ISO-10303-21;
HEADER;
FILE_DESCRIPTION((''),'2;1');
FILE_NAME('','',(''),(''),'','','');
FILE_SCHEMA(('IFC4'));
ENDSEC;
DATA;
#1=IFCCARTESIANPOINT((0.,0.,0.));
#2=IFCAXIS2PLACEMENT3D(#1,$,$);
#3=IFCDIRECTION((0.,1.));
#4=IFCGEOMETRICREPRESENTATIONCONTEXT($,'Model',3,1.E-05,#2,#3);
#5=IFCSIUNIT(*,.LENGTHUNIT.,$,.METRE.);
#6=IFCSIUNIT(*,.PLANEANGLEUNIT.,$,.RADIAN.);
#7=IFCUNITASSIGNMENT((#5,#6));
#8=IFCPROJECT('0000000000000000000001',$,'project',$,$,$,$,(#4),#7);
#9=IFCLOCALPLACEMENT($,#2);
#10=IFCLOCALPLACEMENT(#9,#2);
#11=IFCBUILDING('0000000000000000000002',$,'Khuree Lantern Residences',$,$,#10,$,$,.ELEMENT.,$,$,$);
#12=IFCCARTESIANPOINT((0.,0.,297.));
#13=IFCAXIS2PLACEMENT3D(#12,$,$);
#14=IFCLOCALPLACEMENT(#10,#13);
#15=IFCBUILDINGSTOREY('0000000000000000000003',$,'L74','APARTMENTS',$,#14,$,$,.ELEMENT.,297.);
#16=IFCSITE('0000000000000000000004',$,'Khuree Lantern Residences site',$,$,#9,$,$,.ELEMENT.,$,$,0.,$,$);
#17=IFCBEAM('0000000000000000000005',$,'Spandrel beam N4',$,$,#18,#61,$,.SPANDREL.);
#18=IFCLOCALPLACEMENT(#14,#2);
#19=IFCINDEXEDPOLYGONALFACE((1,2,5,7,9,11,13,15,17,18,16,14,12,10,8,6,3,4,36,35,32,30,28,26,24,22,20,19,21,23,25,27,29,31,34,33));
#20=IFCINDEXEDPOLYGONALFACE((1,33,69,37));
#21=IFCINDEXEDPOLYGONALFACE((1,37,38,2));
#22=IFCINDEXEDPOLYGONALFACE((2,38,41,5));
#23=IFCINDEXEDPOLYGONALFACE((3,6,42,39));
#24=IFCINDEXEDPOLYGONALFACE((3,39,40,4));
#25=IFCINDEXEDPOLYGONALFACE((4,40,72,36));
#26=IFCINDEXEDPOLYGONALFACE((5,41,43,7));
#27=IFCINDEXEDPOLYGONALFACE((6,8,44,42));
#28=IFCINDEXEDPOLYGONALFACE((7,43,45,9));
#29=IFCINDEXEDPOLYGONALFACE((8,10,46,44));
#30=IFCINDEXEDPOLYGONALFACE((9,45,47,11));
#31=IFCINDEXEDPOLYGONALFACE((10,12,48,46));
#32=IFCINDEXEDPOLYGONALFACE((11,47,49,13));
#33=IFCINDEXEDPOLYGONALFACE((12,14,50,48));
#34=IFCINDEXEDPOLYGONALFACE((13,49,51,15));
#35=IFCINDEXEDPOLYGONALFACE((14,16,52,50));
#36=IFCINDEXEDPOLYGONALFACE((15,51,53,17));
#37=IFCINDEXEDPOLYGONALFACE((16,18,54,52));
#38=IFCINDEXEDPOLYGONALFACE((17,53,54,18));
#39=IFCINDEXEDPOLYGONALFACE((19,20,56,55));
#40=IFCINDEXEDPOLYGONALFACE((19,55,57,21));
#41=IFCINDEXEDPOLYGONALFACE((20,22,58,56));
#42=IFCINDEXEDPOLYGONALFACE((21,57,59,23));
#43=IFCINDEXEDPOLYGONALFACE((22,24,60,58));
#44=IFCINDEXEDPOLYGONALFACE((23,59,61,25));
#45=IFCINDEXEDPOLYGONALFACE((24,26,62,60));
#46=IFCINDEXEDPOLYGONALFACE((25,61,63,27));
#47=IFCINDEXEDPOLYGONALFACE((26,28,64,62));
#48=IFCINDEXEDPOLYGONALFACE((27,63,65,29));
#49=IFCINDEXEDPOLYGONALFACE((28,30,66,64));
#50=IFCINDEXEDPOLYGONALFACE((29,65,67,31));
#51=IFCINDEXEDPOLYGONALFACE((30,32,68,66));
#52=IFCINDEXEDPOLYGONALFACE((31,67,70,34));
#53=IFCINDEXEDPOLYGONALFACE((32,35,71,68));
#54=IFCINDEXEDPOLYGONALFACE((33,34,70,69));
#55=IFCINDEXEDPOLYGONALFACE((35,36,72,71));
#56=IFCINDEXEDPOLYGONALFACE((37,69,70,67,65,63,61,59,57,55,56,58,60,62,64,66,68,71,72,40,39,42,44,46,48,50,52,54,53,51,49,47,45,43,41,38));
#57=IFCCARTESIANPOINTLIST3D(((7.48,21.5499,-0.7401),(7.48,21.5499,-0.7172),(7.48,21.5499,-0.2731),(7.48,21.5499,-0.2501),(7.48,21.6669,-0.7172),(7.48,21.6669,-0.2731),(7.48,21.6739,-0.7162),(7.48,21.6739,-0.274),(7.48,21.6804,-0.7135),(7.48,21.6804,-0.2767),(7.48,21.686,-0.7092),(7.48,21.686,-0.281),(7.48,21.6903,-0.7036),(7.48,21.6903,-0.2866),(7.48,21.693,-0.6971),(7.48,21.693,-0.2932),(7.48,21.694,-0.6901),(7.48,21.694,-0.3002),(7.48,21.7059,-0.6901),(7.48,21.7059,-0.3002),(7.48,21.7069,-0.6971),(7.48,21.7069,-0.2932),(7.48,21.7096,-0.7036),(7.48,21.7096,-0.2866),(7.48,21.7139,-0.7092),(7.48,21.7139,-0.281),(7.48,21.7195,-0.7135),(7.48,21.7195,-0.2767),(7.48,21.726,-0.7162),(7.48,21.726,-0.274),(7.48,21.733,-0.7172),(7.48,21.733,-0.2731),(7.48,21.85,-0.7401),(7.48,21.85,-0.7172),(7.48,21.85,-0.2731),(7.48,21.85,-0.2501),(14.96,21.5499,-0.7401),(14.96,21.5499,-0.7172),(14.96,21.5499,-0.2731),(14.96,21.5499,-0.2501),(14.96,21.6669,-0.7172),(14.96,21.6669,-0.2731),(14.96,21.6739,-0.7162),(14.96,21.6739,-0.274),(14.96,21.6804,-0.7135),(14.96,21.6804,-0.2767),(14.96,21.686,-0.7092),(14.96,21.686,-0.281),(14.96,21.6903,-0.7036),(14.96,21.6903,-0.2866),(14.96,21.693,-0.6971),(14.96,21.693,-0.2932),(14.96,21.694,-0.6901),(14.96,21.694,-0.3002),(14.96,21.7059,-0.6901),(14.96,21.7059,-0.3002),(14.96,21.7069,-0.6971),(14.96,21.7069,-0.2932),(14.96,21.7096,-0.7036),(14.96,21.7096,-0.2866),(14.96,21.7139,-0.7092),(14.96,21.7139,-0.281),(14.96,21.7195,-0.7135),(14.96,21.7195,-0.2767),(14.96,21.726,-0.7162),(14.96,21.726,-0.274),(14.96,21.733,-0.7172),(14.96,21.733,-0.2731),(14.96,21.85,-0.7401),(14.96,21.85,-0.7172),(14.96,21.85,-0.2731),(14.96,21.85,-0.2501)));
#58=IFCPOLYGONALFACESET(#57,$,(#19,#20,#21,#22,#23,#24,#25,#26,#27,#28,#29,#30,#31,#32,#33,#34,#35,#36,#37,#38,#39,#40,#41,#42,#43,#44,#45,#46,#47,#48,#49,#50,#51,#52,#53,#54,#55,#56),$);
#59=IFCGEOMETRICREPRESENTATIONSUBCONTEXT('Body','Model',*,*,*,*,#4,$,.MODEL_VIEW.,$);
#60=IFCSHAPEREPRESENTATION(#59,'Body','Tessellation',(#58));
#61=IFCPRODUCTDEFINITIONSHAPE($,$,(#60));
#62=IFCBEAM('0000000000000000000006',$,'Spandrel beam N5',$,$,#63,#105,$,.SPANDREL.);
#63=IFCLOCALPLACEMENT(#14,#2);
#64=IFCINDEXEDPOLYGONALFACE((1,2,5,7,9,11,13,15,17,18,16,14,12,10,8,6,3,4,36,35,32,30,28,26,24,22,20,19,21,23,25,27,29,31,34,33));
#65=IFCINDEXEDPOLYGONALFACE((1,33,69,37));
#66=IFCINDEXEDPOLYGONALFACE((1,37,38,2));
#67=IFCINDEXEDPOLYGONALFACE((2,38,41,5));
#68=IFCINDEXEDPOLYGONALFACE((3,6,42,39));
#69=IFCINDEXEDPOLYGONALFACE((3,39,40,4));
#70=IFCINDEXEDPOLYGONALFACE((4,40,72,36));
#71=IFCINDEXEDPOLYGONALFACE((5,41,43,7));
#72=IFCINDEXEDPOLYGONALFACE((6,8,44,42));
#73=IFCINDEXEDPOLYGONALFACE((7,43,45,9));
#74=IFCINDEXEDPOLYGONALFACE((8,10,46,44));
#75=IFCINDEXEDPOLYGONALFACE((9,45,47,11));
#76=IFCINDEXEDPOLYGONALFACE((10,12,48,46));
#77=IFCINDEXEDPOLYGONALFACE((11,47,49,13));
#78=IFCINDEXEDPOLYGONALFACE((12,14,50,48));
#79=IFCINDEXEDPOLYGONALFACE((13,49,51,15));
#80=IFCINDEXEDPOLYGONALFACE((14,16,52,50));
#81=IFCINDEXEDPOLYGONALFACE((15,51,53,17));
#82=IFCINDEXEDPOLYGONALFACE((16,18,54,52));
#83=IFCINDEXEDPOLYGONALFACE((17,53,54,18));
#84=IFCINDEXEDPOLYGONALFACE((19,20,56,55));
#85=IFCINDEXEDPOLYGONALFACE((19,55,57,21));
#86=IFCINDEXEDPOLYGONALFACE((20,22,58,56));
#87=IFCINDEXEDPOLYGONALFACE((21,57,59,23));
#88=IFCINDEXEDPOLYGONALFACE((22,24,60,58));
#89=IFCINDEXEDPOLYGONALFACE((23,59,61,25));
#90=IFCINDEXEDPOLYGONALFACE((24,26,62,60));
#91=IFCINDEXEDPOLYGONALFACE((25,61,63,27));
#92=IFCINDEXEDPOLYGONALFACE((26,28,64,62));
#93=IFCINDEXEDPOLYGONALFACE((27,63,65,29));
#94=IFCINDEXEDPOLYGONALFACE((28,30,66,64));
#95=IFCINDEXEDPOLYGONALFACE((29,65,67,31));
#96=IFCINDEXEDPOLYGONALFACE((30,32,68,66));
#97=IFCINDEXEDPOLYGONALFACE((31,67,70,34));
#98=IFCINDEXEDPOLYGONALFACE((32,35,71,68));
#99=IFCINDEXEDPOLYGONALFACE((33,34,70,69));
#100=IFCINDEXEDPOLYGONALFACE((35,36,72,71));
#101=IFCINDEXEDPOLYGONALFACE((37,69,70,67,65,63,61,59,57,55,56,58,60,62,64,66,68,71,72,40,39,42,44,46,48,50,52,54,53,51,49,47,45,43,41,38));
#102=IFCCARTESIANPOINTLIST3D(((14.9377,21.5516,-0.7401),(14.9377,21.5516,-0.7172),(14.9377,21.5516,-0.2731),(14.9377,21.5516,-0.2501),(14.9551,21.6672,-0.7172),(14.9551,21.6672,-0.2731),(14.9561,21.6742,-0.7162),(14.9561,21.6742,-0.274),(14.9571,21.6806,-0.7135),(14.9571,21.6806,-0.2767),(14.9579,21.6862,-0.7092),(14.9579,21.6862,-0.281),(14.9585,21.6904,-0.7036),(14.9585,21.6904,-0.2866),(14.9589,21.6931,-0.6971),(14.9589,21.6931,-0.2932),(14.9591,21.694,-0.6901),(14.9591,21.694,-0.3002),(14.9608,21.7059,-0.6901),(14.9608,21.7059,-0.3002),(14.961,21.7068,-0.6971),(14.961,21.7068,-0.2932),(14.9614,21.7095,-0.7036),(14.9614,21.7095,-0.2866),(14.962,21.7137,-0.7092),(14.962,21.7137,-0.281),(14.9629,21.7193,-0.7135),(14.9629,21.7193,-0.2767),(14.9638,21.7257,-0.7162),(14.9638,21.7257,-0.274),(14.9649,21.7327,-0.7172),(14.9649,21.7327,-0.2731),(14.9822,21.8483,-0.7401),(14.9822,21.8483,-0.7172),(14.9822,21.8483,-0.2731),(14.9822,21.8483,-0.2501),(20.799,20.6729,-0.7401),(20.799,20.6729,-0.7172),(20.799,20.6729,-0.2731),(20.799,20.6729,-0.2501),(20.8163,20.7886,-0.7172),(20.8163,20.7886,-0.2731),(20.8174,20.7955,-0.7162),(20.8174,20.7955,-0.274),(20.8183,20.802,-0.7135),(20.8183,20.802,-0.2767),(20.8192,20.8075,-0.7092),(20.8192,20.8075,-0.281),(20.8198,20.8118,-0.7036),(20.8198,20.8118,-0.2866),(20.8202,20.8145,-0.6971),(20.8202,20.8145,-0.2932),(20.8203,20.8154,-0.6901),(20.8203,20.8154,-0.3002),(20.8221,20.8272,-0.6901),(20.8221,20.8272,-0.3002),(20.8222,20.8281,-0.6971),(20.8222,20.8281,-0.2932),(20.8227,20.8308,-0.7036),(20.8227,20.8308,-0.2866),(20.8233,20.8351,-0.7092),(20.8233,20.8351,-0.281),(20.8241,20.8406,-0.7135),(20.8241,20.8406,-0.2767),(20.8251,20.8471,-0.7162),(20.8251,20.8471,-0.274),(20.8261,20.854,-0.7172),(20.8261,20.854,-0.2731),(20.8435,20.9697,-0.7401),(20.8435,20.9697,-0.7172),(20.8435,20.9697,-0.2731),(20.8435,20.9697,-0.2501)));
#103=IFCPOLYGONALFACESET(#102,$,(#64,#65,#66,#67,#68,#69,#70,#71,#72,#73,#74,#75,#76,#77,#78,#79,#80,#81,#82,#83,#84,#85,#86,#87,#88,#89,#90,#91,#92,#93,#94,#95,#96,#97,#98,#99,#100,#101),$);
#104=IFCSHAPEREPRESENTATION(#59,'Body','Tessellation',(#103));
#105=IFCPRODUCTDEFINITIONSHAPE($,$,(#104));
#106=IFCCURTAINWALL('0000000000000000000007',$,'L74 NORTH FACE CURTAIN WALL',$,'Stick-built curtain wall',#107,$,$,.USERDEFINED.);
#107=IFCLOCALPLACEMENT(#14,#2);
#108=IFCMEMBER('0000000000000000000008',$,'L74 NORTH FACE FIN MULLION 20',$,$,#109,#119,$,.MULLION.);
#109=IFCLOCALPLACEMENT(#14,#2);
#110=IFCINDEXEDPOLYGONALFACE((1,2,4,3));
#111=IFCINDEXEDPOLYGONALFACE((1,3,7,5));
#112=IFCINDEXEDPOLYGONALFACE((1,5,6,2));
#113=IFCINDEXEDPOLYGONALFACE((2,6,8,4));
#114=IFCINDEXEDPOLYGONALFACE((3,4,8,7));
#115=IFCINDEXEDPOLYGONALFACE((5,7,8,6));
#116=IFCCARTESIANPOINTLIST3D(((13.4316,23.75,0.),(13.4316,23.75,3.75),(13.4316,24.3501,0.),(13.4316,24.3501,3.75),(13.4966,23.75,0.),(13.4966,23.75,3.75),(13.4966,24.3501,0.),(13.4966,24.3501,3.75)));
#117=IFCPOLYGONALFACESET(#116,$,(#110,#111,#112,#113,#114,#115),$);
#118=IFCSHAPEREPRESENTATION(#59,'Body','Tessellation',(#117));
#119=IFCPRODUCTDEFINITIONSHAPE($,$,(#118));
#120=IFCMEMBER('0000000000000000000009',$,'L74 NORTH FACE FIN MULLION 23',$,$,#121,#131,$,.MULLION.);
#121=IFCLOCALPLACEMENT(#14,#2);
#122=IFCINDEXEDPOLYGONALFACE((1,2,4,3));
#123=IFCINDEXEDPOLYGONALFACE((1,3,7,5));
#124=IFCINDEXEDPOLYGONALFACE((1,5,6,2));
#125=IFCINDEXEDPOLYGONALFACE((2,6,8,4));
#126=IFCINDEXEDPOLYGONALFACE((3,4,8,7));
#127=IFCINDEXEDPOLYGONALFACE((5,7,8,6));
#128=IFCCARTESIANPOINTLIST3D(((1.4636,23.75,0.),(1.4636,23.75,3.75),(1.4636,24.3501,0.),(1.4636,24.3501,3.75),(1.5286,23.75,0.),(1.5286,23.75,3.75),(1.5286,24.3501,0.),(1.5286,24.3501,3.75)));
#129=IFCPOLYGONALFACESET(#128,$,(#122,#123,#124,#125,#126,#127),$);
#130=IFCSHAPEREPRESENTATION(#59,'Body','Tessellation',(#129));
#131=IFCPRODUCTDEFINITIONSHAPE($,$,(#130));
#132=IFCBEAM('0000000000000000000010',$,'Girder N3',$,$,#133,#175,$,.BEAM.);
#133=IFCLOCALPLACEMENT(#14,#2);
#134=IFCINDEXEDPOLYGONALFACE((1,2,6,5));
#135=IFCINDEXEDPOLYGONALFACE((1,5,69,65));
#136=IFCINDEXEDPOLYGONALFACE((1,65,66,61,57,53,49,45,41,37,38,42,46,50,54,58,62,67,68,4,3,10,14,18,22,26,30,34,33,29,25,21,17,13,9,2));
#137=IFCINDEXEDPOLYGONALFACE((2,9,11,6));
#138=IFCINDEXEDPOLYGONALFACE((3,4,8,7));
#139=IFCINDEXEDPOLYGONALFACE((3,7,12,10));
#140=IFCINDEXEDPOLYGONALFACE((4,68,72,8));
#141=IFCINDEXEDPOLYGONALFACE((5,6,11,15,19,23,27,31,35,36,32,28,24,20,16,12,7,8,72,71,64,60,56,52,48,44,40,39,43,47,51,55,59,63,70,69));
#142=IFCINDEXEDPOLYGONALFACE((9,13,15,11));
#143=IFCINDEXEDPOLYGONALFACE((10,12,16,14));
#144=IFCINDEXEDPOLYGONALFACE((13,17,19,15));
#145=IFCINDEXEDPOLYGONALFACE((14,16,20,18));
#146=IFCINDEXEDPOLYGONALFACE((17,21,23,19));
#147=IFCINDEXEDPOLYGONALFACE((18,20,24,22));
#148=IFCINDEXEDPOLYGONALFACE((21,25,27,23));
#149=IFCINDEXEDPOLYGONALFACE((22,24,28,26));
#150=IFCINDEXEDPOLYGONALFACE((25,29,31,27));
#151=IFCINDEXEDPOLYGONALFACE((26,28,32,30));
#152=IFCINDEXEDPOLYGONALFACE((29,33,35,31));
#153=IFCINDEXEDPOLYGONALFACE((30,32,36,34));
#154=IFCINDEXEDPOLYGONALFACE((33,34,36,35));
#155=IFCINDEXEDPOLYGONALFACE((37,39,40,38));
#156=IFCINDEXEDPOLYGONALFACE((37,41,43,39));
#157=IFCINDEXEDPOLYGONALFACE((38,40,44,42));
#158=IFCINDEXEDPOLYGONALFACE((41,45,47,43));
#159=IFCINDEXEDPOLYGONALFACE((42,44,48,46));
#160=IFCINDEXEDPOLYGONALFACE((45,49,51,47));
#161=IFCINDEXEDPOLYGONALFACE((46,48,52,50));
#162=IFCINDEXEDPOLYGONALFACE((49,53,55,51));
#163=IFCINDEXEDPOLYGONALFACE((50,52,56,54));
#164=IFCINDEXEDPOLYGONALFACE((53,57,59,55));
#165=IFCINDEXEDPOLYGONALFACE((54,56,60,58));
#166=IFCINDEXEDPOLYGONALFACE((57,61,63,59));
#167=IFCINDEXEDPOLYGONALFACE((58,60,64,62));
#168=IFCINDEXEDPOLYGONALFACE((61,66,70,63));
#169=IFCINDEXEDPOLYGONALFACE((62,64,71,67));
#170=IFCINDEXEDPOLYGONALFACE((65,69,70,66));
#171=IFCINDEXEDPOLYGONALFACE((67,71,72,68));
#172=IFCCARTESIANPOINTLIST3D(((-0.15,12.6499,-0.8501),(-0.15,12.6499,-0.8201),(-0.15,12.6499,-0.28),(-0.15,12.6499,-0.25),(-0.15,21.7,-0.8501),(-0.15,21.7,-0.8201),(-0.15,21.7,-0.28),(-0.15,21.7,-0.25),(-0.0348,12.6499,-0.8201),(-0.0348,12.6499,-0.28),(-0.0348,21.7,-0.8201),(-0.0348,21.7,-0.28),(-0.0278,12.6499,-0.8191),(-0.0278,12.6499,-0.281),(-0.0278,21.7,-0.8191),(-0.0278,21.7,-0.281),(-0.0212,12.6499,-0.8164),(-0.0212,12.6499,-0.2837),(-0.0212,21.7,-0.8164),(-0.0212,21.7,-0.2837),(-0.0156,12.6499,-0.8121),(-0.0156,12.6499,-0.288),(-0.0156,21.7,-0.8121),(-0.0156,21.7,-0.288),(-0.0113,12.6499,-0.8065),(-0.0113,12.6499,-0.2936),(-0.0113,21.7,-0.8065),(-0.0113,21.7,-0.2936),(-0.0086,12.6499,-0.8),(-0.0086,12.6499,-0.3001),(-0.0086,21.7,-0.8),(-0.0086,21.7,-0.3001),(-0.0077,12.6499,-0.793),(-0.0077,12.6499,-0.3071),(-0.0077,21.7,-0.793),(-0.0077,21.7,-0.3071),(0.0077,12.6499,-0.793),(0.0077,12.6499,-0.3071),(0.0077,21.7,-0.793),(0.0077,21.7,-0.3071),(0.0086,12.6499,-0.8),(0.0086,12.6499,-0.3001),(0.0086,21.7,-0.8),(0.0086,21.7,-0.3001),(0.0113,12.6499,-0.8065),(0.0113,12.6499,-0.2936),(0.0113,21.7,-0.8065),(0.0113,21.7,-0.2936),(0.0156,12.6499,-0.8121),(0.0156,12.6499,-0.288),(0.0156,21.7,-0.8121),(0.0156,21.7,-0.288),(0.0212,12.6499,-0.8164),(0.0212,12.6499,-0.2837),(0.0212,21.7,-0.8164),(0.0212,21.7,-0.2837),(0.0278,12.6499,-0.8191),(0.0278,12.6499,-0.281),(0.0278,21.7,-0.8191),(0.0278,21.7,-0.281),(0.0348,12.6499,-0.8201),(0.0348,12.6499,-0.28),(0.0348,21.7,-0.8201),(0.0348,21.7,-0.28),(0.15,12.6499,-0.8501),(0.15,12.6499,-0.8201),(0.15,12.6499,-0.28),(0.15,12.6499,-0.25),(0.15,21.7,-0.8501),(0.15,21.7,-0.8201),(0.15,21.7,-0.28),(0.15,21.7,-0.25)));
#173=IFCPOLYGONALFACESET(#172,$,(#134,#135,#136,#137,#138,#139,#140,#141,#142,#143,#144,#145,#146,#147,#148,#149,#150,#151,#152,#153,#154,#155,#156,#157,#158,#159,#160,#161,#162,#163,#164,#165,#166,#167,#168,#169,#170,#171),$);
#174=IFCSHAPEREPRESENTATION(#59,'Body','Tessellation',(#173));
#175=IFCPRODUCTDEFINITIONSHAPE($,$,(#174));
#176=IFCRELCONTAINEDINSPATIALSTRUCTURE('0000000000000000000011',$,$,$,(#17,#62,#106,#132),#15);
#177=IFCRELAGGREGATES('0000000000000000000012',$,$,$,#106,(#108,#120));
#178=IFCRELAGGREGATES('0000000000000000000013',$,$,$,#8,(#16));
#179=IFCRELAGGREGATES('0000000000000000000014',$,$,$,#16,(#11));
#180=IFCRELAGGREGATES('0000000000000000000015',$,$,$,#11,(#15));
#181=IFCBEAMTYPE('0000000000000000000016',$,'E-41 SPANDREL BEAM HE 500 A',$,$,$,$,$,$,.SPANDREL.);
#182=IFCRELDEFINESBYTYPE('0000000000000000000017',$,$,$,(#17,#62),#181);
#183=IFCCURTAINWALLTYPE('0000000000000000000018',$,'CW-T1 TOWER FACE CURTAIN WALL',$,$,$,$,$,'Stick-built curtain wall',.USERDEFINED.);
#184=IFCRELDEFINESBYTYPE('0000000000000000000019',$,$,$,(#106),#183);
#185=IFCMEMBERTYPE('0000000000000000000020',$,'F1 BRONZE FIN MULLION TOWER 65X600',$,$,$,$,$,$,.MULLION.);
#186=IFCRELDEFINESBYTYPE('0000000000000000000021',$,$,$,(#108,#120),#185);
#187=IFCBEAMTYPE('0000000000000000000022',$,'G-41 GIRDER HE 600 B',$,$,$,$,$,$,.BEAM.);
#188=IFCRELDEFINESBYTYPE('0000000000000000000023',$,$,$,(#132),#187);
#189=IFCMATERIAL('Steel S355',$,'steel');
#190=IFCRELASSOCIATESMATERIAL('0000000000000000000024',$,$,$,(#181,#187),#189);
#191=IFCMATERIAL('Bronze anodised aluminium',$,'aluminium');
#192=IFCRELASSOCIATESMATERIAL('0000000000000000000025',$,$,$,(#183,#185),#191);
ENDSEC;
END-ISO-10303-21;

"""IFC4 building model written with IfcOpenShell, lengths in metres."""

from ifc_helpers import new_model, si_unit, direction, frame, origin, origin_2d, place, context, subcontext, project, spatial, rectangle, i_section, extrude, material, material_profile, profile_set, type_object, element, aggregate, save


model = new_model("IFC4")

# Units and contexts
model_context = context("Model", 3, precision=1e-05, world=origin(), true_north=direction((0.0, 1.0)))
body_context = subcontext(model_context, "Body", "Model", "MODEL_VIEW")
ifc_project = project(units=[si_unit("LENGTHUNIT", "METRE"), si_unit("PLANEANGLEUNIT", "RADIAN")], contexts=[model_context])

# Site, building, storey
site_placement = place(None, origin())
site = spatial("IfcSite", under=ifc_project, at=site_placement, Name="Khuree Lantern Residences site", CompositionType="ELEMENT", RefElevation=0.0)
building_placement = place(site_placement, origin())
building = spatial("IfcBuilding", under=site, at=building_placement, Name="Khuree Lantern Residences", CompositionType="ELEMENT")
storey_placement = place(building_placement, frame((0.0, 0.0, 297.0)))
storey = spatial("IfcBuildingStorey", under=building, at=storey_placement, Name="L74", Description="APARTMENTS", CompositionType="ELEMENT", Elevation=297.0)

# Beams
ifc_material_1 = material(Name="Steel S355", Category="steel")
ifc_material_profile_1 = material_profile(ifc_material_1, i_section(OverallWidth=0.3, OverallDepth=0.49, WebThickness=0.012, FlangeThickness=0.0229, FilletRadius=0.0271, at=origin_2d()), Name="HE 500 A")
ifc_profile_set_1 = profile_set([ifc_material_profile_1], Name="Steel S355")
beam_type_1 = type_object("IfcBeamType", Name="E-41 SPANDREL BEAM HE 500 A", PredefinedType="SPANDREL", material=ifc_profile_set_1)
for number, where, z_axis, x_axis, name in (
    (1, (7.48, 21.7, -0.4951), (1.0, 0.0, 0.0), (0.0, 1.0, 0.0), "Spandrel beam N4"),
):
    element("IfcBeam", number, at=place(storey_placement, frame(where, z_axis=z_axis, x_axis=x_axis)), inside=storey, type_object=beam_type_1, Name=name, PredefinedType="SPANDREL", context=body_context, shape_type="SweptSolid", body=[
        extrude(i_section(OverallWidth=0.3, OverallDepth=0.49, WebThickness=0.012, FlangeThickness=0.0229, FilletRadius=0.0271, at=origin_2d()), origin(), (0.0, 0.0, 1.0), 7.48),
    ])
beam_placement = place(storey_placement, frame((14.96, 21.7, -0.4951), z_axis=(0.98895, -0.148252, 0.0), x_axis=(0.148252, 0.98895, 0.0)))
element("IfcBeam", 2, at=beam_placement, inside=storey, type_object=beam_type_1, Name="Spandrel beam N5", PredefinedType="SPANDREL", context=body_context, shape_type="SweptSolid", body=[
    extrude(i_section(OverallWidth=0.3, OverallDepth=0.49, WebThickness=0.012, FlangeThickness=0.0229, FilletRadius=0.0271, at=origin_2d()), origin(), (0.0, 0.0, 1.0), 5.9268),
])

# Curtain wall, members
ifc_material_2 = material(Name="Bronze anodised aluminium", Category="aluminium")
curtain_wall_type = type_object("IfcCurtainWallType", Name="CW-T1 TOWER FACE CURTAIN WALL", ElementType="Stick-built curtain wall", PredefinedType="USERDEFINED", material=ifc_material_2)
curtain_wall_placement = place(storey_placement, origin())
curtain_wall = element("IfcCurtainWall", 3, at=curtain_wall_placement, inside=storey, type_object=curtain_wall_type, Name="L74 NORTH FACE CURTAIN WALL", ObjectType="Stick-built curtain wall", PredefinedType="USERDEFINED")
ifc_material_profile_2 = material_profile(ifc_material_2, rectangle(XDim=0.0649, YDim=0.6001, at=origin_2d()), Name="F1 65X600")
ifc_profile_set_2 = profile_set([ifc_material_profile_2], Name="Bronze anodised aluminium")
member_type_1 = type_object("IfcMemberType", Name="F1 BRONZE FIN MULLION TOWER 65X600", PredefinedType="MULLION", material=ifc_profile_set_2)
member_1_placement = place(storey_placement, frame((13.4641, 24.05, 0.0), z_axis=(0.0, 0.0, 1.0), x_axis=(-1.0, 0.0, 0.0)))
member_1 = element("IfcMember", 4, at=member_1_placement, type_object=member_type_1, Name="L74 NORTH FACE FIN MULLION 20", PredefinedType="MULLION", context=body_context, shape_type="SweptSolid", body=[
    extrude(rectangle(XDim=0.0649, YDim=0.6001, at=origin_2d()), origin(), (0.0, 0.0, 1.0), 3.75),
])
member_2_placement = place(storey_placement, frame((1.4961, 24.05, 0.0), z_axis=(0.0, 0.0, 1.0), x_axis=(-1.0, 0.0, 0.0)))
member_2 = element("IfcMember", 5, at=member_2_placement, type_object=member_type_1, Name="L74 NORTH FACE FIN MULLION 23", PredefinedType="MULLION", context=body_context, shape_type="SweptSolid", body=[
    extrude(rectangle(XDim=0.0649, YDim=0.6001, at=origin_2d()), origin(), (0.0, 0.0, 1.0), 3.75),
])

# Beam
ifc_material_profile_3 = material_profile(ifc_material_1, i_section(OverallWidth=0.3, OverallDepth=0.6001, WebThickness=0.0154, FlangeThickness=0.03, FilletRadius=0.0271, at=origin_2d()), Name="HE 600 B")
ifc_profile_set_3 = profile_set([ifc_material_profile_3], Name="Steel S355")
beam_type_2 = type_object("IfcBeamType", Name="G-41 GIRDER HE 600 B", PredefinedType="BEAM", material=ifc_profile_set_3)
for number, where, z_axis, x_axis, name in (
    (6, (0.0, 21.7, -0.55), (0.0, -1.0, 0.0), (1.0, 0.0, 0.0), "Girder N3"),
):
    element("IfcBeam", number, at=place(storey_placement, frame(where, z_axis=z_axis, x_axis=x_axis)), inside=storey, type_object=beam_type_2, Name=name, PredefinedType="BEAM", context=body_context, shape_type="SweptSolid", body=[
        extrude(i_section(OverallWidth=0.3, OverallDepth=0.6001, WebThickness=0.0154, FlangeThickness=0.03, FilletRadius=0.0271, at=origin_2d()), origin(), (0.0, 0.0, 1.0), 9.05),
    ])

aggregate(curtain_wall, [member_1, member_2])

save(model, "model.ifc")
